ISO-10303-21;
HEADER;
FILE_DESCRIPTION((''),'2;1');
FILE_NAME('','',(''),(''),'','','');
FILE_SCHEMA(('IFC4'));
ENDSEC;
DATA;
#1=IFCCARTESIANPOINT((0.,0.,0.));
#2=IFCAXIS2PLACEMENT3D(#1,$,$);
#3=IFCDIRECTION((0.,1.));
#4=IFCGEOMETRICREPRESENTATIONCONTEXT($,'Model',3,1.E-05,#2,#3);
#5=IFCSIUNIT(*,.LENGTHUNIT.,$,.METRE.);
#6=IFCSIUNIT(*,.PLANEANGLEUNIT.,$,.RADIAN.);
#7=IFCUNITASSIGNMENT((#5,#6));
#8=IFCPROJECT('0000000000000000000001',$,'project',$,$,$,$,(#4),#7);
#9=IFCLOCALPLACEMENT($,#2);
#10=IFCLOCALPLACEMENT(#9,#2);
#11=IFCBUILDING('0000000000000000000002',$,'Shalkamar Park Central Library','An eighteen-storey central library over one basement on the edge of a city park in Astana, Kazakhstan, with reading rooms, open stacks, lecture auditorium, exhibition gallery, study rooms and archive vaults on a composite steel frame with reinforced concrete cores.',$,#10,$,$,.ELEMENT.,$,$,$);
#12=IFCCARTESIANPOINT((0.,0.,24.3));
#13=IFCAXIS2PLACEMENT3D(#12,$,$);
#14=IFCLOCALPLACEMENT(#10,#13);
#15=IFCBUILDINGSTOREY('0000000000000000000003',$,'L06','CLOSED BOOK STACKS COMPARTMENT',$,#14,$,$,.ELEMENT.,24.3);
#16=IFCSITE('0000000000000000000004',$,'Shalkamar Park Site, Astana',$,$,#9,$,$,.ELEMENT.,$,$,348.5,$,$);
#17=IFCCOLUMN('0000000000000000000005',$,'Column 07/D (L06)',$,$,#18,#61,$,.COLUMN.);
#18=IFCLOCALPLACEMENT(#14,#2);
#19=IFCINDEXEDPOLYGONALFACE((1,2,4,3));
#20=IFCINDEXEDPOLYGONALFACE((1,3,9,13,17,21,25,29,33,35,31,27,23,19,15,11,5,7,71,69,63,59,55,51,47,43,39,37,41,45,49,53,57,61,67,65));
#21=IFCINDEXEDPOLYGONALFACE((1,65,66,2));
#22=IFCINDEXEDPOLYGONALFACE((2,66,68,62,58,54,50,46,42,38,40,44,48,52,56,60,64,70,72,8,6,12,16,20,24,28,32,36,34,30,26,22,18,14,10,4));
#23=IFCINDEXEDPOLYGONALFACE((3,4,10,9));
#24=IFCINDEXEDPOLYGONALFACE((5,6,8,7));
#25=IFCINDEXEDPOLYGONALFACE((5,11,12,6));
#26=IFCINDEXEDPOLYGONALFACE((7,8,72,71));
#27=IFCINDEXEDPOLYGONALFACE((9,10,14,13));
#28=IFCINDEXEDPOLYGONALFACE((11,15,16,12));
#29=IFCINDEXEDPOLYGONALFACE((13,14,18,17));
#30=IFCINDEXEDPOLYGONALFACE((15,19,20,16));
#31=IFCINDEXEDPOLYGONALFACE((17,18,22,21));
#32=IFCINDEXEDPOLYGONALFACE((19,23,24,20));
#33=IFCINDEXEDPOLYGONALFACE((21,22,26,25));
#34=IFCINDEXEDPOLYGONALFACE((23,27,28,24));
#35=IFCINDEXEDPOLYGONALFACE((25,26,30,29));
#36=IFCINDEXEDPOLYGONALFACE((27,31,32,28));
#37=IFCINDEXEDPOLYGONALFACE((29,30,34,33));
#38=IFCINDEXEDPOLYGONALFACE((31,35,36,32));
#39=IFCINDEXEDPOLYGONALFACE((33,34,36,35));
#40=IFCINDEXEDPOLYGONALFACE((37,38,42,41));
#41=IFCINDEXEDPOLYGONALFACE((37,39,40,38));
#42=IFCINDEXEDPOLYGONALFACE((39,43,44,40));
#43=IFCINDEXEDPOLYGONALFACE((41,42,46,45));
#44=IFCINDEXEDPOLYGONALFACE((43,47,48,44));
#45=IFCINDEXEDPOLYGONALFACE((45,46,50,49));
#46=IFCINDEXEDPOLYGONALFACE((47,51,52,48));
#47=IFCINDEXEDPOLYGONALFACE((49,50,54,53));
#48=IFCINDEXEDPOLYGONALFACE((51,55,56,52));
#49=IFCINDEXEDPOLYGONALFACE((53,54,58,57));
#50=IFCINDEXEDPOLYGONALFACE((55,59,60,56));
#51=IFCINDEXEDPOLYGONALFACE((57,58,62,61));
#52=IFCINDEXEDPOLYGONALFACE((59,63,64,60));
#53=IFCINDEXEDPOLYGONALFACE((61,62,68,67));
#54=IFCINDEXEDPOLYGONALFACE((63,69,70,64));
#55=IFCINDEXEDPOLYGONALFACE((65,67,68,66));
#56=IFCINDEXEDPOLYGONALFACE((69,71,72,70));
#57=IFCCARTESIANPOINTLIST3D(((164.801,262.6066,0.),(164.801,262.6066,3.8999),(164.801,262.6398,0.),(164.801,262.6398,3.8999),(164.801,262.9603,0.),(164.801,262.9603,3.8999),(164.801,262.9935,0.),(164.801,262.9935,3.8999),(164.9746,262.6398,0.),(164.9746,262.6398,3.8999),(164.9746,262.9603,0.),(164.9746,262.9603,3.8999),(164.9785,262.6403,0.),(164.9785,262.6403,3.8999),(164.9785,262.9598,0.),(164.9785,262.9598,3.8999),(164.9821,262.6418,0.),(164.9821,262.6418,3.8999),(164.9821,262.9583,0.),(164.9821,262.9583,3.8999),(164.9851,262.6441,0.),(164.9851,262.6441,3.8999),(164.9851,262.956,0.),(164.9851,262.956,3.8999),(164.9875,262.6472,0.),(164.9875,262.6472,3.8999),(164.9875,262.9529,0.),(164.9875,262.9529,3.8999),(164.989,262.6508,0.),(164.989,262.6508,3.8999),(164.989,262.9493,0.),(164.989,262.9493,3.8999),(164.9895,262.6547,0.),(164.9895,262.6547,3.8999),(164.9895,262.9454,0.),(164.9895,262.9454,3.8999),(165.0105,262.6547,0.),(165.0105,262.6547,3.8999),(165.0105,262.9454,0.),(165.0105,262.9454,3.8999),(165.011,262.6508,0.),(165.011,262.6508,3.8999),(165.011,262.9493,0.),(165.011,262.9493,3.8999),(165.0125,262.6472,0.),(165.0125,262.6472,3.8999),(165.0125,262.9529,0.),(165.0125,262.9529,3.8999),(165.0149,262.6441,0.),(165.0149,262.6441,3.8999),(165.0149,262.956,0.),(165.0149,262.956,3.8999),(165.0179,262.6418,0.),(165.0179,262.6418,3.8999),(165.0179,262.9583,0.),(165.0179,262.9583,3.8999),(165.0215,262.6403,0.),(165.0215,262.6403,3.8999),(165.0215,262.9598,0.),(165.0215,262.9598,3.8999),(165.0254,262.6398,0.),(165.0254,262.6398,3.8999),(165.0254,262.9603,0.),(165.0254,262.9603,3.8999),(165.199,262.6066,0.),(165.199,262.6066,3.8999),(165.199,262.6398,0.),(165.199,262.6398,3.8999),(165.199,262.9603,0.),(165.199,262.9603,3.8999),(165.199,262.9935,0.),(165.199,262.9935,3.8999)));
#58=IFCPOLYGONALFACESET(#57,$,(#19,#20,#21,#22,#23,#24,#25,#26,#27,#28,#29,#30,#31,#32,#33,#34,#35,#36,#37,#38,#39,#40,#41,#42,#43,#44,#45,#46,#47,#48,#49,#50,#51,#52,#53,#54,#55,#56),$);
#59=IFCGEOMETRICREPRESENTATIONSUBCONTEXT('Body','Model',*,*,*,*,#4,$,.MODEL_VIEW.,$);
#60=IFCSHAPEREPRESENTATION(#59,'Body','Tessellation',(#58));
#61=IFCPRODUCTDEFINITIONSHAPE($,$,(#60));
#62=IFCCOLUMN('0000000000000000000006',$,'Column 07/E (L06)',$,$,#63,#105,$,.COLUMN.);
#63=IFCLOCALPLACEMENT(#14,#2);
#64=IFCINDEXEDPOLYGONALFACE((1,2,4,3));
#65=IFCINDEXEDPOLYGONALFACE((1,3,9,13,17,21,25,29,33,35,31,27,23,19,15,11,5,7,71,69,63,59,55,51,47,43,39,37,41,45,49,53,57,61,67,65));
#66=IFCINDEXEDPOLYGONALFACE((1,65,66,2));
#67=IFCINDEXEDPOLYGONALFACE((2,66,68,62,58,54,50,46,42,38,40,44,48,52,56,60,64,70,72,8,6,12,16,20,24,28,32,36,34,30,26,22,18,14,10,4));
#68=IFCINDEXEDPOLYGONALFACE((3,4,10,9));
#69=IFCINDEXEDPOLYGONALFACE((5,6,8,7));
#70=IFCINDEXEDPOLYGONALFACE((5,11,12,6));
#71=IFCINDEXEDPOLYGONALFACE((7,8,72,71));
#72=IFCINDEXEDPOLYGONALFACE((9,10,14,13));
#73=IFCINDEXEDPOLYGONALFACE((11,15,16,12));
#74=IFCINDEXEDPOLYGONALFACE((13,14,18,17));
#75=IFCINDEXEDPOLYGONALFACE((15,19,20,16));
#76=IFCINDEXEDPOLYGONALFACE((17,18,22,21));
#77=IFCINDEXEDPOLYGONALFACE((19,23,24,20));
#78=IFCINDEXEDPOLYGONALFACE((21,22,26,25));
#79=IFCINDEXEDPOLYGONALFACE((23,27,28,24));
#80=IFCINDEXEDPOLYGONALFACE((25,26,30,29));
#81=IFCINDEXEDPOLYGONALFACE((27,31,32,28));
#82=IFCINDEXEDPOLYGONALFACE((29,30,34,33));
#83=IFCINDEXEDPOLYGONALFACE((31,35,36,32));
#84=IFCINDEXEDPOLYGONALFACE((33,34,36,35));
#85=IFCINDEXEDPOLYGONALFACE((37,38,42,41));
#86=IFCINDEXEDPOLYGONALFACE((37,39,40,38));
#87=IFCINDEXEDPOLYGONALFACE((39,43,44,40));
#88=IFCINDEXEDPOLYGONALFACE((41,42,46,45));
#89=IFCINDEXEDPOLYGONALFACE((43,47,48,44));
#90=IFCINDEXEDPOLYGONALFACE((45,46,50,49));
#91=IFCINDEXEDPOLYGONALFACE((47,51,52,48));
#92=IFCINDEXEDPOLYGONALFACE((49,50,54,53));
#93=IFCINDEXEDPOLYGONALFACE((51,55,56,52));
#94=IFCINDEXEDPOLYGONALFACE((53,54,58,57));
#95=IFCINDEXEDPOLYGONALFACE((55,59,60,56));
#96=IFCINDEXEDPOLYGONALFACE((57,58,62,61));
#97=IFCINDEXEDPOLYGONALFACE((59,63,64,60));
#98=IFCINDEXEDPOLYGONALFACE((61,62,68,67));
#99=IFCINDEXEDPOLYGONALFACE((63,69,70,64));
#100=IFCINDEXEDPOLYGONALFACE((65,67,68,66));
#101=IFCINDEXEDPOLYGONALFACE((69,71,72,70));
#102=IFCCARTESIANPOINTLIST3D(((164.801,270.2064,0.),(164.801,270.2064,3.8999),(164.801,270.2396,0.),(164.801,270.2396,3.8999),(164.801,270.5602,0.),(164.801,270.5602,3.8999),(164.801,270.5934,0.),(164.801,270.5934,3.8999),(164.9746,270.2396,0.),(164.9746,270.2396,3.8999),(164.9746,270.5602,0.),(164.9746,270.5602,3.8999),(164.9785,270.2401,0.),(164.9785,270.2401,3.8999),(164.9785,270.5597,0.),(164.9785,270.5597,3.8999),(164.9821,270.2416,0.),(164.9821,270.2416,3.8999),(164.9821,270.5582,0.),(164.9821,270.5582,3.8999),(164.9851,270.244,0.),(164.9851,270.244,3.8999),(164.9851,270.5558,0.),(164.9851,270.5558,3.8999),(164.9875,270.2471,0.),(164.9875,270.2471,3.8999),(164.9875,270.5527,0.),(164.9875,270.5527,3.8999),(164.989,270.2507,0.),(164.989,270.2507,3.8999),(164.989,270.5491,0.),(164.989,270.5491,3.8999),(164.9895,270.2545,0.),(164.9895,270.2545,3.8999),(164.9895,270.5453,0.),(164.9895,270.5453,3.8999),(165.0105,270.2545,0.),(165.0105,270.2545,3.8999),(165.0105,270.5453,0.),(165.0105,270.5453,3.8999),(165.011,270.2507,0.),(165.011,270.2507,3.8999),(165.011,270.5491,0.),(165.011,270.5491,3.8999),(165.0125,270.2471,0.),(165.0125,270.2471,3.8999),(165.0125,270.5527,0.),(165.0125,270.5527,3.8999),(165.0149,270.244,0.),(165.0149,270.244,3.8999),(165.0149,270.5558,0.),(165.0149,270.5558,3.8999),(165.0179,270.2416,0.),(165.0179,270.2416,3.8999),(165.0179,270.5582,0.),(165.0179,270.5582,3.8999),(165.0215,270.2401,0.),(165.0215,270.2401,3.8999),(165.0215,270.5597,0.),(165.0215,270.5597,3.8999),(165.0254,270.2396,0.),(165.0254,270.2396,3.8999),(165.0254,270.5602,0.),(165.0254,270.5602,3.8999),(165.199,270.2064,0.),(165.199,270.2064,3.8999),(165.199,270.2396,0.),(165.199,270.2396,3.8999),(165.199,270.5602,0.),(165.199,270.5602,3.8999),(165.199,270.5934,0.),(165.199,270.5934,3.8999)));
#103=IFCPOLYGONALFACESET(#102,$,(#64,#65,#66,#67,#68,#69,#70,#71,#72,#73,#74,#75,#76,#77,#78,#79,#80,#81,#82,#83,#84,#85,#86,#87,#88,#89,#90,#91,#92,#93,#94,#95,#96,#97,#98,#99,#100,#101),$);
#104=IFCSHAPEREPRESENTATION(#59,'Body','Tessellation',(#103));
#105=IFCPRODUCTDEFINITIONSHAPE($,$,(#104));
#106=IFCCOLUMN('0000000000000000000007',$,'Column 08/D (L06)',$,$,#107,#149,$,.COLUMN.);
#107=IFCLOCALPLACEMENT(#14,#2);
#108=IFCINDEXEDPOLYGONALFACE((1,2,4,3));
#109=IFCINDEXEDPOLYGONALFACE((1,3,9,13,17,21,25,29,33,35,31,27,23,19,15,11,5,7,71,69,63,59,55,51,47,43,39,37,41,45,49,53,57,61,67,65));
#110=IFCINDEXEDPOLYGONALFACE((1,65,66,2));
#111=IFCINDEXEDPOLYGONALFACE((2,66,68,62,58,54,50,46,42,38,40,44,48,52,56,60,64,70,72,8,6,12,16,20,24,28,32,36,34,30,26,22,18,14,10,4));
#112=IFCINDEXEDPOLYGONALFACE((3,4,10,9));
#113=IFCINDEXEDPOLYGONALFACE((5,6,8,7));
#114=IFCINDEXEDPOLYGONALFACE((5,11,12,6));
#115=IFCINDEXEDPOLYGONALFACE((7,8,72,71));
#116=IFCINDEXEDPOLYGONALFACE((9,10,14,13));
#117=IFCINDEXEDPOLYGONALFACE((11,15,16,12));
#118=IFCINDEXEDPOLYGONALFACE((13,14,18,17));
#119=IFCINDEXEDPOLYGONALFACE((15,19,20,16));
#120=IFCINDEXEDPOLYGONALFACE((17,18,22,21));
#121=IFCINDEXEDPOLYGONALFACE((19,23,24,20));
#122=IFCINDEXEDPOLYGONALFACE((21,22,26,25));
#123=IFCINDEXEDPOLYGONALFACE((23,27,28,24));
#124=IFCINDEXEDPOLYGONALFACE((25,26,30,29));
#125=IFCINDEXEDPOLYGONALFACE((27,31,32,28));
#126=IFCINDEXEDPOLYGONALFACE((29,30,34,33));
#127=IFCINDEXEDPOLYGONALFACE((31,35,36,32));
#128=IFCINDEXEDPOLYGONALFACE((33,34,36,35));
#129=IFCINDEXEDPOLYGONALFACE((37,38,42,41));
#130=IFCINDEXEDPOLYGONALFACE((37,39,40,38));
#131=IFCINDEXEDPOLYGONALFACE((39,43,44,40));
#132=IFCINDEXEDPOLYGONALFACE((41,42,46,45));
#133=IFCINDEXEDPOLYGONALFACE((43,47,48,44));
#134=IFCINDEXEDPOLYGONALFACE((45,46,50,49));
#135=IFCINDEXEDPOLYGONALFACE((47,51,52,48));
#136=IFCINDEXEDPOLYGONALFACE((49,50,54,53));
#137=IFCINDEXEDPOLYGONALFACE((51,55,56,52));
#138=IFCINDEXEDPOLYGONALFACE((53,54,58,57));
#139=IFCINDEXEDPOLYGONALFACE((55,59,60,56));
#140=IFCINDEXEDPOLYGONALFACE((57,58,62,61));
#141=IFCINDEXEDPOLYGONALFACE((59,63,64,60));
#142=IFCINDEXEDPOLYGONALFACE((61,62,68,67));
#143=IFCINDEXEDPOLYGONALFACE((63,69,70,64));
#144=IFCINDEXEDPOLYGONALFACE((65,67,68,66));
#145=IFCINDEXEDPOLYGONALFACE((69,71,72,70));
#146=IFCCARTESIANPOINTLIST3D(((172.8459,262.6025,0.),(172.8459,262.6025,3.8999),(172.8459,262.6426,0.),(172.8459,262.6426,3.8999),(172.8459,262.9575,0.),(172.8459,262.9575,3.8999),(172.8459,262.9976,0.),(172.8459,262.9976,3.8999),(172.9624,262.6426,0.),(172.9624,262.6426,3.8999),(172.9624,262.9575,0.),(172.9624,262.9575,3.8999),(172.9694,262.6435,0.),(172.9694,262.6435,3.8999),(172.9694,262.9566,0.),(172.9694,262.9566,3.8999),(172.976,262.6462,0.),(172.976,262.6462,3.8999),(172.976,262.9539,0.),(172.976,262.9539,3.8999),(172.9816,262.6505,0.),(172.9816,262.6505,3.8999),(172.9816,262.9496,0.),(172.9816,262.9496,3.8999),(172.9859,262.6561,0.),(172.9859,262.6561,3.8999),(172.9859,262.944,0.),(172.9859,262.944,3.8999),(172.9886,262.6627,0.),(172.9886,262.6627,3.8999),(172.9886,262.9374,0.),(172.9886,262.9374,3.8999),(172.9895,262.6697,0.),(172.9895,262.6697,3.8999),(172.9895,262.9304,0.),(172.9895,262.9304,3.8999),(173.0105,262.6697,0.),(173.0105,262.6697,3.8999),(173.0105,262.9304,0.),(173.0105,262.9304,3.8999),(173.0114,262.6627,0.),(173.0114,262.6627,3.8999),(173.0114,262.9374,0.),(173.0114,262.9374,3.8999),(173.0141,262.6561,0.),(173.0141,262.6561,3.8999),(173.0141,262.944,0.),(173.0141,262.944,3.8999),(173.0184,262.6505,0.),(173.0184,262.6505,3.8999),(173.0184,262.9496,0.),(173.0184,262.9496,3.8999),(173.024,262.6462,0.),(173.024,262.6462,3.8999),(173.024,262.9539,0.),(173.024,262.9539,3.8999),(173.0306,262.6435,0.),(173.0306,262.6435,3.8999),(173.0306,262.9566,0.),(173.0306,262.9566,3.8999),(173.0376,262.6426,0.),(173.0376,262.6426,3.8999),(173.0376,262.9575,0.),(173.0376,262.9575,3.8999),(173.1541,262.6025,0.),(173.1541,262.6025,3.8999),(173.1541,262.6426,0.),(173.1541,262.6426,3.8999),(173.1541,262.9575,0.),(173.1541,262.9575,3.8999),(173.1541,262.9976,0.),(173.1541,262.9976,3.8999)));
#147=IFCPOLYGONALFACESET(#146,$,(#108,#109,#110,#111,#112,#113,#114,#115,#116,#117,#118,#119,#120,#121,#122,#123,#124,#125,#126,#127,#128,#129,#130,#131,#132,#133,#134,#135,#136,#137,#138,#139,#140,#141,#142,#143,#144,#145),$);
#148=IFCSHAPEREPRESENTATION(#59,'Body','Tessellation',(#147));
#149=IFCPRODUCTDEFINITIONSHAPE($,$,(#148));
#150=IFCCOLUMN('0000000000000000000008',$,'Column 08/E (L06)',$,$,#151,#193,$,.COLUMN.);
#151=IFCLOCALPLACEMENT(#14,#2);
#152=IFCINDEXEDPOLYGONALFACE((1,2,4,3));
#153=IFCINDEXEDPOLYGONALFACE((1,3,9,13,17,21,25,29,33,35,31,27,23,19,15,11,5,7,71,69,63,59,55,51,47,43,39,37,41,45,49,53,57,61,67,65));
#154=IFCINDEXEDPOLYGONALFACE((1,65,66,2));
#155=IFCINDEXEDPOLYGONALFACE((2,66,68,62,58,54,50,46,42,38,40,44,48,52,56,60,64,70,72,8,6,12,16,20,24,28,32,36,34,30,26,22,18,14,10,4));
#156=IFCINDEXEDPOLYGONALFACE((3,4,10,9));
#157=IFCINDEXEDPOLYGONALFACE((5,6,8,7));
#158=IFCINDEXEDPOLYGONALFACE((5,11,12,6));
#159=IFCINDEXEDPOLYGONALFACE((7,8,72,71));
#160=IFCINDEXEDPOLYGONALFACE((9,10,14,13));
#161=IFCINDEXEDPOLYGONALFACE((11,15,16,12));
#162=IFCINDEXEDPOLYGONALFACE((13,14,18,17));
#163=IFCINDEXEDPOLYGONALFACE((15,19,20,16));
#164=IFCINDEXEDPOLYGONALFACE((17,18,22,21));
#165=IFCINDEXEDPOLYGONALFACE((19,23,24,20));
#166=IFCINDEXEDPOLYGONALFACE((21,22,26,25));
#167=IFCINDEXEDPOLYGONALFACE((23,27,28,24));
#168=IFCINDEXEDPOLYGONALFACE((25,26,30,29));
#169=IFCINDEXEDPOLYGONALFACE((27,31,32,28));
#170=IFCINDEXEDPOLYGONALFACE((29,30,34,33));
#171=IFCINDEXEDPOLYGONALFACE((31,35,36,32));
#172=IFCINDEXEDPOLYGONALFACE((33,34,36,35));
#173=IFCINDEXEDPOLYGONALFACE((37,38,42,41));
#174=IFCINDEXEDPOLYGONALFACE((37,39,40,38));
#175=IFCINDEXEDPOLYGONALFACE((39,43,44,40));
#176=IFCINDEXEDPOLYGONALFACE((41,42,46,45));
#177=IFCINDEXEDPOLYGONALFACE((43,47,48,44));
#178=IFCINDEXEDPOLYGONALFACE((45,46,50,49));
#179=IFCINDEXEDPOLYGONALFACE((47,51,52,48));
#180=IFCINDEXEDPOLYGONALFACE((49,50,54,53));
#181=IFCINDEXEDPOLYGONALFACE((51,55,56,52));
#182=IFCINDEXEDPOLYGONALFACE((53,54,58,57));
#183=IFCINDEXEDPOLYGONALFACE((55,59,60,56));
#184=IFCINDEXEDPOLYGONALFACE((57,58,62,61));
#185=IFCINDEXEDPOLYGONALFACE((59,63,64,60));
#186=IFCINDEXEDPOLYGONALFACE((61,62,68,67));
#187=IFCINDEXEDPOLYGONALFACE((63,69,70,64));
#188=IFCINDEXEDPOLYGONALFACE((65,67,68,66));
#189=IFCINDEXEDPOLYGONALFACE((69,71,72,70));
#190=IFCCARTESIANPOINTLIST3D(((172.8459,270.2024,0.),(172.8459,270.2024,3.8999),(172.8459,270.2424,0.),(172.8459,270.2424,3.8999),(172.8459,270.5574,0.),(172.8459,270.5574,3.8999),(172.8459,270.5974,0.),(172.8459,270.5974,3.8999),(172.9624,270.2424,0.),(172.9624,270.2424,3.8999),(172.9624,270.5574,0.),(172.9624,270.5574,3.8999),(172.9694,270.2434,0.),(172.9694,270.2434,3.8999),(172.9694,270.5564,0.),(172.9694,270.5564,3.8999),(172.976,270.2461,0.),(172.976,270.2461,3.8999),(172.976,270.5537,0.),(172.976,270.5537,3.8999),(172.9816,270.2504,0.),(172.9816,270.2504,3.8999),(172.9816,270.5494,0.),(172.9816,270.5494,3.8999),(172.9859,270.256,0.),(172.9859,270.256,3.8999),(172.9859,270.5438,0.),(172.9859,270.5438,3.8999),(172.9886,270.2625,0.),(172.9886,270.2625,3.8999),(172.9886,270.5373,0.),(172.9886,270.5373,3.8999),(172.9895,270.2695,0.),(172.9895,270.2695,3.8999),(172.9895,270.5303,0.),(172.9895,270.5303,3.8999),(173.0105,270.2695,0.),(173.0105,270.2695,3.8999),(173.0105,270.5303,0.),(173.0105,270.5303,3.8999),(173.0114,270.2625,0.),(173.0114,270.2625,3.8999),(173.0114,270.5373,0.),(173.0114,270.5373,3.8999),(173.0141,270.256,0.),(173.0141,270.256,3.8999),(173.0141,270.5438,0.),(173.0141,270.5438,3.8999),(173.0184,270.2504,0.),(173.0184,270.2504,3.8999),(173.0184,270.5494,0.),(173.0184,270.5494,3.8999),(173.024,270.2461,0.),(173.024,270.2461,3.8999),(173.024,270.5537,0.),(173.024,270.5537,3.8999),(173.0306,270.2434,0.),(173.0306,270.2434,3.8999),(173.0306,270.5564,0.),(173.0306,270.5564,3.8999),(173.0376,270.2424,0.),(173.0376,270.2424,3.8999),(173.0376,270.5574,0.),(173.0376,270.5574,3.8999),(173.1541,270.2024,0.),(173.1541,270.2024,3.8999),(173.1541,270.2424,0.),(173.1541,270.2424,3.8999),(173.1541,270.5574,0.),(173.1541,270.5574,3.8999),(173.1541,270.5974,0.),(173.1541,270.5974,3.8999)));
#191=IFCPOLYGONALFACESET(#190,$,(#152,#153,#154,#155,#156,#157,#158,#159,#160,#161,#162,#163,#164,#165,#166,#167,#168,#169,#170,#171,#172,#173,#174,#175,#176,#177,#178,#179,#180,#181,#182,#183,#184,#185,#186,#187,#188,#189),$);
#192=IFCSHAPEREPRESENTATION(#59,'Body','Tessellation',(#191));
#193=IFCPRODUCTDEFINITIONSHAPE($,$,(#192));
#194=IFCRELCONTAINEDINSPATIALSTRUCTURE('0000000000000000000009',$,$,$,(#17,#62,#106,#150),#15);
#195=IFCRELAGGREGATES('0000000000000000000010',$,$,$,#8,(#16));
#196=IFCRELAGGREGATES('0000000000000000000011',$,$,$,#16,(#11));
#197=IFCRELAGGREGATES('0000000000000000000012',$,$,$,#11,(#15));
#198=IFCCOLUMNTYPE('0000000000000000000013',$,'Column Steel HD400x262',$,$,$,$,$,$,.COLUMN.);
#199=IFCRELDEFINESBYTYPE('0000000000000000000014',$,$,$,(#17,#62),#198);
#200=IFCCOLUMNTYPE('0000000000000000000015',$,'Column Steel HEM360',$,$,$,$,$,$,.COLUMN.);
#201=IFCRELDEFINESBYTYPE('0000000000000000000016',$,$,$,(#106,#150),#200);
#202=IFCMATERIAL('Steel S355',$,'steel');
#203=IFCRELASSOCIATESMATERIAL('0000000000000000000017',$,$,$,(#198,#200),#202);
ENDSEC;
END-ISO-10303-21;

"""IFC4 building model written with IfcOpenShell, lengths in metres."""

from ifc_helpers import new_model, si_unit, direction, frame, origin, origin_2d, place, context, subcontext, project, spatial, i_section, extrude, material, material_profile, profile_set, type_object, element, save


model = new_model("IFC4")

# Units and contexts
model_context = context("Model", 3, precision=1e-05, world=origin(), true_north=direction((0.0, 1.0)))
body_context = subcontext(model_context, "Body", "Model", "MODEL_VIEW")
ifc_project = project(units=[si_unit("LENGTHUNIT", "METRE"), si_unit("PLANEANGLEUNIT", "RADIAN")], contexts=[model_context])

# Site, building, storey
site_placement = place(None, origin())
site = spatial("IfcSite", under=ifc_project, at=site_placement, Name="Shalkamar Park Site, Astana", CompositionType="ELEMENT", RefElevation=348.5)
building_placement = place(site_placement, origin())
building = spatial("IfcBuilding", under=site, at=building_placement, Name="Shalkamar Park Central Library", Description="An eighteen-storey central library over one basement on the edge of a city park in Astana, Kazakhstan, with reading rooms, open stacks, lecture auditorium, exhibition gallery, study rooms and archive vaults on a composite steel frame with reinforced concrete cores.", CompositionType="ELEMENT")
storey_placement = place(building_placement, frame((0.0, 0.0, 24.3)))
storey = spatial("IfcBuildingStorey", under=building, at=storey_placement, Name="L06", Description="CLOSED BOOK STACKS COMPARTMENT", CompositionType="ELEMENT", Elevation=24.3)

# Columns
ifc_material_1 = material(Name="Steel S355", Category="steel")
ifc_material_profile_1 = material_profile(ifc_material_1, i_section(OverallWidth=0.3979, OverallDepth=0.387, WebThickness=0.021, FlangeThickness=0.0332, FilletRadius=0.0149, at=origin_2d()), Name="HD 400x262")
ifc_profile_set_1 = profile_set([ifc_material_profile_1], Name="Steel S355")
column_type_1 = type_object("IfcColumnType", Name="Column Steel HD400x262", PredefinedType="COLUMN", material=ifc_profile_set_1)
for number, where, z_axis, x_axis, name in (
    (1, (165.0, 262.8, 0.0), (0.0, 0.0, 1.0), (1.0, 0.0, 0.0), "Column 07/D (L06)"),
    (2, (165.0, 270.3999, 0.0), (0.0, 0.0, 1.0), (1.0, 0.0, 0.0), "Column 07/E (L06)"),
):
    element("IfcColumn", number, at=place(storey_placement, frame(where, z_axis=z_axis, x_axis=x_axis)), inside=storey, type_object=column_type_1, Name=name, PredefinedType="COLUMN", context=body_context, shape_type="SweptSolid", body=[
        extrude(i_section(OverallWidth=0.3979, OverallDepth=0.387, WebThickness=0.021, FlangeThickness=0.0332, FilletRadius=0.0149, at=origin_2d()), origin(), (0.0, 0.0, 1.0), 3.8999),
    ])
ifc_material_profile_2 = material_profile(ifc_material_1, i_section(OverallWidth=0.3081, OverallDepth=0.395, WebThickness=0.021, FlangeThickness=0.04, FilletRadius=0.0271, at=origin_2d()), Name="HEM 360")
ifc_profile_set_2 = profile_set([ifc_material_profile_2], Name="Steel S355")
column_type_2 = type_object("IfcColumnType", Name="Column Steel HEM360", PredefinedType="COLUMN", material=ifc_profile_set_2)
for number, where, z_axis, x_axis, name in (
    (3, (173.0, 262.8, 0.0), (0.0, 0.0, 1.0), (1.0, 0.0, 0.0), "Column 08/D (L06)"),
    (4, (173.0, 270.3999, 0.0), (0.0, 0.0, 1.0), (1.0, 0.0, 0.0), "Column 08/E (L06)"),
):
    element("IfcColumn", number, at=place(storey_placement, frame(where, z_axis=z_axis, x_axis=x_axis)), inside=storey, type_object=column_type_2, Name=name, PredefinedType="COLUMN", context=body_context, shape_type="SweptSolid", body=[
        extrude(i_section(OverallWidth=0.3081, OverallDepth=0.395, WebThickness=0.021, FlangeThickness=0.04, FilletRadius=0.0271, at=origin_2d()), origin(), (0.0, 0.0, 1.0), 3.8999),
    ])

save(model, "model.ifc")
